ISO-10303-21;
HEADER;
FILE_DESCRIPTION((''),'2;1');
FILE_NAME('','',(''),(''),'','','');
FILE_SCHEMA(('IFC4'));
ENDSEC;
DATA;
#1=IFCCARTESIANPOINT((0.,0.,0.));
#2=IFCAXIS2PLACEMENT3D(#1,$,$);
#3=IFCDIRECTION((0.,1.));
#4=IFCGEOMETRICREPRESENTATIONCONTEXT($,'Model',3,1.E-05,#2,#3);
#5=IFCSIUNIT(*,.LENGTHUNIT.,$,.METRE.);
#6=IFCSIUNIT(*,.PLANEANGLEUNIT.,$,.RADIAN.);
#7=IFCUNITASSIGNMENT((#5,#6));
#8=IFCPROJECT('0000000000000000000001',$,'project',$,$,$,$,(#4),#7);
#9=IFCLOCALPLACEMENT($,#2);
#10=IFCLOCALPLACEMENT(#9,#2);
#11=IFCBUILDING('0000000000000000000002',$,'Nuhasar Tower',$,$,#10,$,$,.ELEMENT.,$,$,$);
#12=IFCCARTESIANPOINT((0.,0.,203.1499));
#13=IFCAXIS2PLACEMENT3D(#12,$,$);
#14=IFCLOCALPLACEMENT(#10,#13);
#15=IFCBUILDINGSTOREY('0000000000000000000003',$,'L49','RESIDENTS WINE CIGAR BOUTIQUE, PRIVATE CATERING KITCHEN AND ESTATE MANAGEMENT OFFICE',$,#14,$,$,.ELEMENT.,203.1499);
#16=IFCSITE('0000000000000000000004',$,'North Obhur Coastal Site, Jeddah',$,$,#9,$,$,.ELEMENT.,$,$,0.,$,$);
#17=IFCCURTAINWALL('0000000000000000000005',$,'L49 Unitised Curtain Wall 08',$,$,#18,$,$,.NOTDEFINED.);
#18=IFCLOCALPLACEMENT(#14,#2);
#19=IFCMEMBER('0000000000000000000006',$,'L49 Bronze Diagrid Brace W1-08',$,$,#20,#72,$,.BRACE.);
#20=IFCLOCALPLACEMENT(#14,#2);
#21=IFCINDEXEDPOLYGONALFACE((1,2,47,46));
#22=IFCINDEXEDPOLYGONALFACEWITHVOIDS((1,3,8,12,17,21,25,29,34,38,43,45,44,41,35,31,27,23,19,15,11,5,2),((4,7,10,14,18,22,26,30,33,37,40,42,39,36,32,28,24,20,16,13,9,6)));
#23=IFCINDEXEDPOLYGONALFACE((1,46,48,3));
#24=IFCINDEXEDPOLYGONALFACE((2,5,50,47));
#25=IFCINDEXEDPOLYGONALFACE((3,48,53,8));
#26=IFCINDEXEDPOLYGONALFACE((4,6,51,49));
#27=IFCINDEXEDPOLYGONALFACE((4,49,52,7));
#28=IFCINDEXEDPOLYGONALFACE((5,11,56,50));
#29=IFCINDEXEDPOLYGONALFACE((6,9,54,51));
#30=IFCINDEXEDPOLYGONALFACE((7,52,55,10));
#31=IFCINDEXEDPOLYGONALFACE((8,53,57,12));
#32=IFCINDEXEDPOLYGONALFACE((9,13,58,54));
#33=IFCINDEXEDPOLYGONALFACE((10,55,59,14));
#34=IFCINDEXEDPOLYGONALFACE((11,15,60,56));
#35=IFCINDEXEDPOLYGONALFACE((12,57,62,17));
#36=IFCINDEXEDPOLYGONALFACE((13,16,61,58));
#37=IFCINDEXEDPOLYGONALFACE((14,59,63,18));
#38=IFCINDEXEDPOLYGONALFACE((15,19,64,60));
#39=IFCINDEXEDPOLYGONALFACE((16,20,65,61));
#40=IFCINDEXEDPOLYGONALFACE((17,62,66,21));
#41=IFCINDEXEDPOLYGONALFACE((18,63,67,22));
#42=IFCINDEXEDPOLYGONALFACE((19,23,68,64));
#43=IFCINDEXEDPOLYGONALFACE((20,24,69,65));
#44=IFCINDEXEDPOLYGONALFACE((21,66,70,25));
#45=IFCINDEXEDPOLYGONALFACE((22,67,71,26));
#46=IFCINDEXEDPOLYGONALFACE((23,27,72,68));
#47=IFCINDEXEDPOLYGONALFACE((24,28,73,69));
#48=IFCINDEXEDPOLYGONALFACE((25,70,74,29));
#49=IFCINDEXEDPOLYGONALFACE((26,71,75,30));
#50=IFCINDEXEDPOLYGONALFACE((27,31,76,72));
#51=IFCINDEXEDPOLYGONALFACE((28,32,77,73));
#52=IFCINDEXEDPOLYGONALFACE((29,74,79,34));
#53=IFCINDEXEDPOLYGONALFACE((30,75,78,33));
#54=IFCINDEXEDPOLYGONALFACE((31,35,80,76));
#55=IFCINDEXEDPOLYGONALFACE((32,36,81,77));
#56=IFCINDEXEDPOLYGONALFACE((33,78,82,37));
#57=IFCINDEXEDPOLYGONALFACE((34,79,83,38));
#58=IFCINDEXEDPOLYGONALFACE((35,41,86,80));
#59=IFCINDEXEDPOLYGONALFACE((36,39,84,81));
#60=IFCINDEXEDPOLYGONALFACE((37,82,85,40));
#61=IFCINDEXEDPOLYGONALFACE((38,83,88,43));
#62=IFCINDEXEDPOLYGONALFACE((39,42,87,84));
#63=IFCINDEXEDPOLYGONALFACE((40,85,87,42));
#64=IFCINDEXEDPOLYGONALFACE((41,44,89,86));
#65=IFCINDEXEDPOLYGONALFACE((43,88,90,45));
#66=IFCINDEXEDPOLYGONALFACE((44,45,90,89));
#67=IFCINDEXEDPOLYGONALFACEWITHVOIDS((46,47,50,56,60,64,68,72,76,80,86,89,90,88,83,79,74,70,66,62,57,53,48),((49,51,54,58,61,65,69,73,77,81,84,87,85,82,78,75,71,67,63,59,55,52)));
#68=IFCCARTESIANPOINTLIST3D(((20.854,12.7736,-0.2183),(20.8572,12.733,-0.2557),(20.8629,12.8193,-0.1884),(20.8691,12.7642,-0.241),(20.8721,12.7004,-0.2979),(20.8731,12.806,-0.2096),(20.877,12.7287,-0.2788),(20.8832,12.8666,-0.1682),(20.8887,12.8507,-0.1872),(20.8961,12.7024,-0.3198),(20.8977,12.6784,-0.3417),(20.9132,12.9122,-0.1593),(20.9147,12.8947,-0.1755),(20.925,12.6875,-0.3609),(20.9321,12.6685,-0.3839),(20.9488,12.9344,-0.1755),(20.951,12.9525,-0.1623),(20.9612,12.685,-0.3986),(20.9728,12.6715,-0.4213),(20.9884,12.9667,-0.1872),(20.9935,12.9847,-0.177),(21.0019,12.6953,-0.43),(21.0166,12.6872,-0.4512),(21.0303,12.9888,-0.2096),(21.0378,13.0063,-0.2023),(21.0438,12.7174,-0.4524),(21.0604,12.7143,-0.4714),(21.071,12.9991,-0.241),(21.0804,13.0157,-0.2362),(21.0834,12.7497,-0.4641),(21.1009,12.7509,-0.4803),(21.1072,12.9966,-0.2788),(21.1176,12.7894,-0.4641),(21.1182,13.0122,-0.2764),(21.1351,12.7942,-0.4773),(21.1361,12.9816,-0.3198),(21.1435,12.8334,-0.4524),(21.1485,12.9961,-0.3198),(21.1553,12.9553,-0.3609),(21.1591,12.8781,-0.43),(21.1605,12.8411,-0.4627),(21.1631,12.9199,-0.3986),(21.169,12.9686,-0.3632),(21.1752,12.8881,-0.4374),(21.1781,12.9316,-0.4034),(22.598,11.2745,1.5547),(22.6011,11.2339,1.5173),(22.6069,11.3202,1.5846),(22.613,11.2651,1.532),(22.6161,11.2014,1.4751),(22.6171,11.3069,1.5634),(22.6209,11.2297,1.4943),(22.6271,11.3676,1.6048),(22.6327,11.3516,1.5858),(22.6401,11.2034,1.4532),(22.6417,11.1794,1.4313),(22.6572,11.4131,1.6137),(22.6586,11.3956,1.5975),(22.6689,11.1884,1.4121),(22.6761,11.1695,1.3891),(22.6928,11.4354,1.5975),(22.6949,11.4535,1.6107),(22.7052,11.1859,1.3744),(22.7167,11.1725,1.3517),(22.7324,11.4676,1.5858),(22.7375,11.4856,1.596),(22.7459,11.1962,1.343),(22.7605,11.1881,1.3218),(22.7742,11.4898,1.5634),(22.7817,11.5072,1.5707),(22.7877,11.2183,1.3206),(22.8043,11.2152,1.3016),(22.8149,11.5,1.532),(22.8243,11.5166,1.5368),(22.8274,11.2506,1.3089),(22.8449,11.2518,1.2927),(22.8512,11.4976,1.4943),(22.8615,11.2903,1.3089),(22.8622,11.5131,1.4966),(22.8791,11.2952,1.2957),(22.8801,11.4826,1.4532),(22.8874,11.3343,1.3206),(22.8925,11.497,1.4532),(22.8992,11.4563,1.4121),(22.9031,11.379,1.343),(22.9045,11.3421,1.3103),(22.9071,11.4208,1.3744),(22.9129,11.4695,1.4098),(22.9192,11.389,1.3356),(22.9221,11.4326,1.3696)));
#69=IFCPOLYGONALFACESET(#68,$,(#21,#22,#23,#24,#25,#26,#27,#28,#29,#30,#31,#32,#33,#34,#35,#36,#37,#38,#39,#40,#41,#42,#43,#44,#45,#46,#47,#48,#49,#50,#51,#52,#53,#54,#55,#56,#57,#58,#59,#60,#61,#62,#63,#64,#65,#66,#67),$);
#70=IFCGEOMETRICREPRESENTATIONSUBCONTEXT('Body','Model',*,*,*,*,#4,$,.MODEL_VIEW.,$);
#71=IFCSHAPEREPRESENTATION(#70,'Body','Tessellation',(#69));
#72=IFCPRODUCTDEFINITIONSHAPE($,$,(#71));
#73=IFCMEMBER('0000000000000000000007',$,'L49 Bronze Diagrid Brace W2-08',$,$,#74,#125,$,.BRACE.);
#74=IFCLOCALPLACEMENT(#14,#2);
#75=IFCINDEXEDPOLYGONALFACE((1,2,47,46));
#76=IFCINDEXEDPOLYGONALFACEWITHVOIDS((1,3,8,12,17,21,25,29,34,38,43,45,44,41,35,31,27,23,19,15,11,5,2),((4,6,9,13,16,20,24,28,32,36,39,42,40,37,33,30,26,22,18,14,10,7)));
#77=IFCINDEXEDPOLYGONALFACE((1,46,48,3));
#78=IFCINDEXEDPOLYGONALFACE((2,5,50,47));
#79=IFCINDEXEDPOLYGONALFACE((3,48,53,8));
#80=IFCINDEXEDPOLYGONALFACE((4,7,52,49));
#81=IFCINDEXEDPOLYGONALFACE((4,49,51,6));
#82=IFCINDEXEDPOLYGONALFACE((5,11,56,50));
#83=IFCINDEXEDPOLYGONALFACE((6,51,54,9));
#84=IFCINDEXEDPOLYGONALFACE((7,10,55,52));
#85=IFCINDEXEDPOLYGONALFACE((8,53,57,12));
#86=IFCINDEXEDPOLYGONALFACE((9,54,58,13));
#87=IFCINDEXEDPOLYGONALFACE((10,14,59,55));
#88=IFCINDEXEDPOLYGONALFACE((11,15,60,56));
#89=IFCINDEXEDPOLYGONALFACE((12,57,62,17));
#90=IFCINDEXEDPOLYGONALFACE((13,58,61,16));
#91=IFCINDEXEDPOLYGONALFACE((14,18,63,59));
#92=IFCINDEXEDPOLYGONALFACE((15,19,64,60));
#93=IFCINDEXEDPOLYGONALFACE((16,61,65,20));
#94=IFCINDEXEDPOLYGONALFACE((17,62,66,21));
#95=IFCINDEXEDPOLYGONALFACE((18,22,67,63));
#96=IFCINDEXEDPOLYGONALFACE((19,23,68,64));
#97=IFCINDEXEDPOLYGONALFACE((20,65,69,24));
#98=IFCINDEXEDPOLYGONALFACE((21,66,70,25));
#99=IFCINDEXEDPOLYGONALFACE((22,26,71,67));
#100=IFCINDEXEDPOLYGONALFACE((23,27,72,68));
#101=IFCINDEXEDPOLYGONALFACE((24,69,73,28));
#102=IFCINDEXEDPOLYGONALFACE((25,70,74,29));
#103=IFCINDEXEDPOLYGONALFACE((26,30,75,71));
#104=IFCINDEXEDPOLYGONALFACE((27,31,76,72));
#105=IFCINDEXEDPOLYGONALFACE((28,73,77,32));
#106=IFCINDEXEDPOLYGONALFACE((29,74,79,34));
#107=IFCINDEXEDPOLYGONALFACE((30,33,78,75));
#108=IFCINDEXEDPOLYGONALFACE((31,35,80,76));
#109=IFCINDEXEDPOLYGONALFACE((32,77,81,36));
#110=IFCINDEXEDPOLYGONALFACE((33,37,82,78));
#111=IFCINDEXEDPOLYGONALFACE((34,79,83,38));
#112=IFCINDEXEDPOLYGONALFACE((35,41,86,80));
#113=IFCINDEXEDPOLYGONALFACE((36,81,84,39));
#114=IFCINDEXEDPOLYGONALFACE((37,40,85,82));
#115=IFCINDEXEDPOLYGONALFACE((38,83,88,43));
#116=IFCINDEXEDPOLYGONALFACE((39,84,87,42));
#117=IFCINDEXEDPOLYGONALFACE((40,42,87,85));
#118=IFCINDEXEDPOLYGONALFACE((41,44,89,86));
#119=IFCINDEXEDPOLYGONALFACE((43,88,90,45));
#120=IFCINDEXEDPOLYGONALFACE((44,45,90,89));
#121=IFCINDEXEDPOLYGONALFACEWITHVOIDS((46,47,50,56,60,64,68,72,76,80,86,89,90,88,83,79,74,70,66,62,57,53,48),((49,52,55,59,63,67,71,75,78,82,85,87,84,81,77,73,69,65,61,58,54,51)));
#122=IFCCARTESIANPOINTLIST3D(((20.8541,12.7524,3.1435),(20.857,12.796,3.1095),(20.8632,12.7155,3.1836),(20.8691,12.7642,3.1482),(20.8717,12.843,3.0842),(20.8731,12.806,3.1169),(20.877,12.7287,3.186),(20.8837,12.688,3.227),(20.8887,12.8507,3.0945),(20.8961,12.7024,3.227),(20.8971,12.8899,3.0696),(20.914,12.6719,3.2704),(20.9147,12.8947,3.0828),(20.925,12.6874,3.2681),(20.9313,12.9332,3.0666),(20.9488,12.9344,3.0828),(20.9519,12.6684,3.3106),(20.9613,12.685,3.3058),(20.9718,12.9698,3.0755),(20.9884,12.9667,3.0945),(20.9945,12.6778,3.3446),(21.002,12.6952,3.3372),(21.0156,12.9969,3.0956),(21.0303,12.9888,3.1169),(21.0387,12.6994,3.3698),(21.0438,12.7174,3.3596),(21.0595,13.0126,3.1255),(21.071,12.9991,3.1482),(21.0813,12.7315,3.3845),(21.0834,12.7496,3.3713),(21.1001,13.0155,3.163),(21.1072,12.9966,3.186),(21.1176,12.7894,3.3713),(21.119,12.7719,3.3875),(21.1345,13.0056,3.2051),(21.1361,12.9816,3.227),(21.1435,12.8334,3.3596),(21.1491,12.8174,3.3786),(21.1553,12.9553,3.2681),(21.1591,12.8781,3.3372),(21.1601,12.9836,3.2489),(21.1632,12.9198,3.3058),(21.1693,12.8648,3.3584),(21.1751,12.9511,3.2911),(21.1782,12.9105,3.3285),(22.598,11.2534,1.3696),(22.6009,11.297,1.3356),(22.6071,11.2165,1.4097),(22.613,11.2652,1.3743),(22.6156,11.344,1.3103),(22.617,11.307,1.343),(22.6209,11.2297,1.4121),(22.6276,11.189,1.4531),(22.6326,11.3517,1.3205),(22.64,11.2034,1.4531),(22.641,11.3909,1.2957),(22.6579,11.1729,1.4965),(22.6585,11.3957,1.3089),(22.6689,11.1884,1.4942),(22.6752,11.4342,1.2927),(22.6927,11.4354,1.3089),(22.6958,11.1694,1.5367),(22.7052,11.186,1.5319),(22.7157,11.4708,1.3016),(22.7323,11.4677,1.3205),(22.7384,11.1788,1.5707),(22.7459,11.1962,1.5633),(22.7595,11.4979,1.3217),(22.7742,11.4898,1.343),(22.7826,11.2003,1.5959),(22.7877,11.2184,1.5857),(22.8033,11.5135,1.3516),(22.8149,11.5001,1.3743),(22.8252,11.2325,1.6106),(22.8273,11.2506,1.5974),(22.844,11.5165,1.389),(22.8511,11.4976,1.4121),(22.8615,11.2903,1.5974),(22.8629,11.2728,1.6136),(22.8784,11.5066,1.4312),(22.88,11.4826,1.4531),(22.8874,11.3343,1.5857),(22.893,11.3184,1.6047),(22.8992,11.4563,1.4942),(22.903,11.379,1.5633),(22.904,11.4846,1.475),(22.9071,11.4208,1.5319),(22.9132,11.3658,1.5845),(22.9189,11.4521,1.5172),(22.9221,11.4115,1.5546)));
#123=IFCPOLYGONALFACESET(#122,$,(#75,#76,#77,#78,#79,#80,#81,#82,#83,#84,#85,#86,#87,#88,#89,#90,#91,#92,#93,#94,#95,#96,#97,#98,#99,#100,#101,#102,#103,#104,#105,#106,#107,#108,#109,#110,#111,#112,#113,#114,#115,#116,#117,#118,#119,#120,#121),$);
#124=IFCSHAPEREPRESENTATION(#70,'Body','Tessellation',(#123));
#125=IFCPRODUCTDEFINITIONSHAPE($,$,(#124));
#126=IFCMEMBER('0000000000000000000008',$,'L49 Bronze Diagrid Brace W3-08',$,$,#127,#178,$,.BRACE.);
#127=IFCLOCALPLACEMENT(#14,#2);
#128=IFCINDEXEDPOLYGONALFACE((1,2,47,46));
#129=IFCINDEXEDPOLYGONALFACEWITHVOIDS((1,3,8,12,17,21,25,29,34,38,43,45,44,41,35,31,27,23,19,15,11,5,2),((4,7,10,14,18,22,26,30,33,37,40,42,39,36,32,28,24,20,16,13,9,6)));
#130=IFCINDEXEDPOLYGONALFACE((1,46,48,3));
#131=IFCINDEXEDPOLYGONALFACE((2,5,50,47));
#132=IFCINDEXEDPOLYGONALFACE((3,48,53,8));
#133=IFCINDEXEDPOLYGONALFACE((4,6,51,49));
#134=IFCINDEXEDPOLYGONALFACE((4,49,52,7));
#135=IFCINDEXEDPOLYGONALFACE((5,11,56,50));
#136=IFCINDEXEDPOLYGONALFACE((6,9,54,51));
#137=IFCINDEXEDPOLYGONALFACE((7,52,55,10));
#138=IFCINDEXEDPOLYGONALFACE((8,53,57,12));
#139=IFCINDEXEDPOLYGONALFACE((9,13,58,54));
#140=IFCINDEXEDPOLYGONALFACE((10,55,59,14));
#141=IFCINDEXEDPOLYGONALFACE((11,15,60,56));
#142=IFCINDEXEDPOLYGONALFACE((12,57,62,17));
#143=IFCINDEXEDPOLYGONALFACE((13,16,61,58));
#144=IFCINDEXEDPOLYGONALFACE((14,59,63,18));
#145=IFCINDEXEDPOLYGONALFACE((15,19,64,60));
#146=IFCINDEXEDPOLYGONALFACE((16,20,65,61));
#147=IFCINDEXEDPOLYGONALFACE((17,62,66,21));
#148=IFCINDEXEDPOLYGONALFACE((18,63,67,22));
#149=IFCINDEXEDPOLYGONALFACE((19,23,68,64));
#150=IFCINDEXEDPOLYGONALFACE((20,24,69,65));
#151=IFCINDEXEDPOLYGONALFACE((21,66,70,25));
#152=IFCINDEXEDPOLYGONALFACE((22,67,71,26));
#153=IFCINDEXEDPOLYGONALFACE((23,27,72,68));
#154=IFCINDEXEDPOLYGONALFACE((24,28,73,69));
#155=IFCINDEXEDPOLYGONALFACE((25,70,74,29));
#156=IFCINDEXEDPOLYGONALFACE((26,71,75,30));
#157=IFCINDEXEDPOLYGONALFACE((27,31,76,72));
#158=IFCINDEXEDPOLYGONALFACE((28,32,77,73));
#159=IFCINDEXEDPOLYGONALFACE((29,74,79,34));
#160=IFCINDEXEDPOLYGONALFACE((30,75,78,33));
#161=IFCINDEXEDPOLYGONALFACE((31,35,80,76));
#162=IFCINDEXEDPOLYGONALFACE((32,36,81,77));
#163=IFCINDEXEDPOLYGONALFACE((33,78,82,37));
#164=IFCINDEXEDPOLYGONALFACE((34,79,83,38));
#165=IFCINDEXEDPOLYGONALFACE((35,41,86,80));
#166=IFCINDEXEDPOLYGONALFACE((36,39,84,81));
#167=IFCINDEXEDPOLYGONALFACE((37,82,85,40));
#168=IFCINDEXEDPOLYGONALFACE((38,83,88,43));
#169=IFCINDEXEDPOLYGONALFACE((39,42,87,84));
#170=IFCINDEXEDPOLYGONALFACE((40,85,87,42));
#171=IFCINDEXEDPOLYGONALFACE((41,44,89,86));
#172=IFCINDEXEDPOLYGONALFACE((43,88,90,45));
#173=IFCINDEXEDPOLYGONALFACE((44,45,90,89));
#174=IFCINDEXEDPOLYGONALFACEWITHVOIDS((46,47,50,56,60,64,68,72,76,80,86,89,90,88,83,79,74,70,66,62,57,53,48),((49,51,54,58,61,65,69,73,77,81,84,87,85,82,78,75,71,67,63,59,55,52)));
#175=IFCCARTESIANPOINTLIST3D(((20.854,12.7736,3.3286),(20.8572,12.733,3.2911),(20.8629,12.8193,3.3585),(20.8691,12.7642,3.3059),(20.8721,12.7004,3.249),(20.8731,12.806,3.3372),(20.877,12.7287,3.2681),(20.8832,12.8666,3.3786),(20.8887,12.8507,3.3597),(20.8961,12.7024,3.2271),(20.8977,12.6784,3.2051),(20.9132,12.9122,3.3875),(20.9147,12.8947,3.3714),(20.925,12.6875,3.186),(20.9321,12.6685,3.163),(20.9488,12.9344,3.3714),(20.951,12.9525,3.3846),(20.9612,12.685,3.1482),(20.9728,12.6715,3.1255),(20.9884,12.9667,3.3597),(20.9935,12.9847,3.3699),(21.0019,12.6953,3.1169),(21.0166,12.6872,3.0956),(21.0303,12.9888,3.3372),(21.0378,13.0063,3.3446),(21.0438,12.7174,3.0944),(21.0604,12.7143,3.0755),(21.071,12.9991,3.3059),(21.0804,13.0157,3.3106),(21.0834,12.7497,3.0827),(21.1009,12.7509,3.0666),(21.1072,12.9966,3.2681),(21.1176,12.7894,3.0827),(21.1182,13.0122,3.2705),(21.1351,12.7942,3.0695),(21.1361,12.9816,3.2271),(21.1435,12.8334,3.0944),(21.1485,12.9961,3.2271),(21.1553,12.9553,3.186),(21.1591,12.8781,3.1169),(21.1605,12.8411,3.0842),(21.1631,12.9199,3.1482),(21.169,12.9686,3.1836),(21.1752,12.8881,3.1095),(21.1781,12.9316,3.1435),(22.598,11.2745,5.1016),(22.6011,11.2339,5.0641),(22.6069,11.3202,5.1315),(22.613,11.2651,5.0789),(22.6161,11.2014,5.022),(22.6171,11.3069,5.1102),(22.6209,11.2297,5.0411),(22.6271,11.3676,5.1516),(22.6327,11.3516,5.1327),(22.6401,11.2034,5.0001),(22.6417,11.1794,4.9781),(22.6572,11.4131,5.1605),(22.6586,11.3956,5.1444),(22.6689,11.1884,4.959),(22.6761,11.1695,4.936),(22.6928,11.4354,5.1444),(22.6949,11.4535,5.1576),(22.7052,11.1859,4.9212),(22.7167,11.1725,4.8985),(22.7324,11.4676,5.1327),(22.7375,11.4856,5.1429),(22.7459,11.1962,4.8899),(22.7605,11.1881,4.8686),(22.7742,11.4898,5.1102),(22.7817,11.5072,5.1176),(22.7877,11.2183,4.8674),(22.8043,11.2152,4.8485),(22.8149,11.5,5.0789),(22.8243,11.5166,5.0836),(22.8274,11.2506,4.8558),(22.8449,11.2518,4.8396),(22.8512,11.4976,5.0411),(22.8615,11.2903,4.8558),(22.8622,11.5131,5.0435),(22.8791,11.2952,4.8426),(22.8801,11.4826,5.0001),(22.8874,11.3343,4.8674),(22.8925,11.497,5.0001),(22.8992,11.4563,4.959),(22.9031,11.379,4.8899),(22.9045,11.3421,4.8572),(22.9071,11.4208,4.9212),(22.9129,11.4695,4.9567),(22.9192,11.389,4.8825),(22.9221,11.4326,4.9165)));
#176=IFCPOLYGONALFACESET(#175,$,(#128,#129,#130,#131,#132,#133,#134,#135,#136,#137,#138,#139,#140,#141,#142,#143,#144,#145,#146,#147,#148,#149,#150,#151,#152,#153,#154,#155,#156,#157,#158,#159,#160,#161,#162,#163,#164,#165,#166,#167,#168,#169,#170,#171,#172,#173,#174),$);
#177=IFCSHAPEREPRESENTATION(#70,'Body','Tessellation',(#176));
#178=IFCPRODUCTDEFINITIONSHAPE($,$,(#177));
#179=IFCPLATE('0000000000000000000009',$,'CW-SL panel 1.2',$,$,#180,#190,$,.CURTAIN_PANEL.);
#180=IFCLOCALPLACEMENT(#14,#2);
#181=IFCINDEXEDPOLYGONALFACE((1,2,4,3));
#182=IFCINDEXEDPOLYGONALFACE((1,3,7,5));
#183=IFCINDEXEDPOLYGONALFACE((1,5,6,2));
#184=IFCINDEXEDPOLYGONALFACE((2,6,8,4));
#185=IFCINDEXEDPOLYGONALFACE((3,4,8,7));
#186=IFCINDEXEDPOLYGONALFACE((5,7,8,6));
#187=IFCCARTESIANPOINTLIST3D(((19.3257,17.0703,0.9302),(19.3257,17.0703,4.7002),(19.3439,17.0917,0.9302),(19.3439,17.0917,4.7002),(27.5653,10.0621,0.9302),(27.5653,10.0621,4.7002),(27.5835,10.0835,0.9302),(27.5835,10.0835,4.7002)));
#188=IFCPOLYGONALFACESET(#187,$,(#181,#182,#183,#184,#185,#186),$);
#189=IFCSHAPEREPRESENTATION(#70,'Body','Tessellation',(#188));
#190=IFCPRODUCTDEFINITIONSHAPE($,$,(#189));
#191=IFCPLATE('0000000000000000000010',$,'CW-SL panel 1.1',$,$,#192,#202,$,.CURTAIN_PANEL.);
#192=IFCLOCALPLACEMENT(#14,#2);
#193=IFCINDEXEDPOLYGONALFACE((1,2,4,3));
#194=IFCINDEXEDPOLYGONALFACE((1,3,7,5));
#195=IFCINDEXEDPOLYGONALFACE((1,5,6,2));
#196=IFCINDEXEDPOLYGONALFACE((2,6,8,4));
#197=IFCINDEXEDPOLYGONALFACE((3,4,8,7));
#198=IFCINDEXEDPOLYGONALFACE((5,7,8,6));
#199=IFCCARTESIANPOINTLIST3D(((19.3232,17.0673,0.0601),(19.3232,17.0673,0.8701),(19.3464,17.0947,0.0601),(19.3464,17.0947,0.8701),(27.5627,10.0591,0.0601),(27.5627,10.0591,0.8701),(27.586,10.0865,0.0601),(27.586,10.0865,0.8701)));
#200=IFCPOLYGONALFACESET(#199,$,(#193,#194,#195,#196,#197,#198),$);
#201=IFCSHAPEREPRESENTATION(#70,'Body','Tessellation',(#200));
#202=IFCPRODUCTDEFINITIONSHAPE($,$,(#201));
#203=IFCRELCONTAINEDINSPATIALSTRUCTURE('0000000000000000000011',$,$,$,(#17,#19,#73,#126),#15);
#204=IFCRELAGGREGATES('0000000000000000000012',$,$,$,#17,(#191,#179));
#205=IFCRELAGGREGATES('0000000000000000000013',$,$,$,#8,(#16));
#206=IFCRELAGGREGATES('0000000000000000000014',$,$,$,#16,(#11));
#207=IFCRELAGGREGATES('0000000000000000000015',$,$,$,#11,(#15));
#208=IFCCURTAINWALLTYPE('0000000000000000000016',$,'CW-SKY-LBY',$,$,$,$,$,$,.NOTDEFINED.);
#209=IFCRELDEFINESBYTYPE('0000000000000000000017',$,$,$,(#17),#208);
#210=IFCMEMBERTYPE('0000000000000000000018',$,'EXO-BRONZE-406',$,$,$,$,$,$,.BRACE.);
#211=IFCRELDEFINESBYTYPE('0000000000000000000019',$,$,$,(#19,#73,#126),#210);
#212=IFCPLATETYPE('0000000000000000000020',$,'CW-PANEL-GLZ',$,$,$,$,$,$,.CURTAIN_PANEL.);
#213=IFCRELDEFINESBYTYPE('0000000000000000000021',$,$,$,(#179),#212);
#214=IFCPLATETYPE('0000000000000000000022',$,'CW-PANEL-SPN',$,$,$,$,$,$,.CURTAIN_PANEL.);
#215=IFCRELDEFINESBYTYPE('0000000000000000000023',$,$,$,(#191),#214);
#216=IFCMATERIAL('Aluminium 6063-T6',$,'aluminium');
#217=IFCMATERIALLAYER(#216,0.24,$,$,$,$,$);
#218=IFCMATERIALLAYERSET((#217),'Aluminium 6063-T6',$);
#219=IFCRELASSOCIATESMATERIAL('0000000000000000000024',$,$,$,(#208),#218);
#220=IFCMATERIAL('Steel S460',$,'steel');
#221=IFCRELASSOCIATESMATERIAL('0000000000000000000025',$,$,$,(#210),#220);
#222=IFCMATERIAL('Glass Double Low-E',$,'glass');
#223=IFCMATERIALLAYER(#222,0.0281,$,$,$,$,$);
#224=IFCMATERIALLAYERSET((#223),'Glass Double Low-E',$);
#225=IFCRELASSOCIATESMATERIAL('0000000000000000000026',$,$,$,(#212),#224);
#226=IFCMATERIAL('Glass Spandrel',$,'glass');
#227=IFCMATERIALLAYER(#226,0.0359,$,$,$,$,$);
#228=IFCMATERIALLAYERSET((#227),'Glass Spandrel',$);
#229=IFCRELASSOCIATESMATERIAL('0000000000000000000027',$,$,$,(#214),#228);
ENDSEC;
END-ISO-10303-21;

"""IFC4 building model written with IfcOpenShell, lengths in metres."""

from ifc_helpers import new_model, si_unit, direction, frame, origin, origin_2d, place, context, subcontext, project, spatial, rectangle, hollow_circle, extrude, material, layer, layer_set, material_profile, profile_set, type_object, element, aggregate, save


model = new_model("IFC4")

# Units and contexts
model_context = context("Model", 3, precision=1e-05, world=origin(), true_north=direction((0.0, 1.0)))
body_context = subcontext(model_context, "Body", "Model", "MODEL_VIEW")
ifc_project = project(units=[si_unit("LENGTHUNIT", "METRE"), si_unit("PLANEANGLEUNIT", "RADIAN")], contexts=[model_context])

# Site, building, storey
site_placement = place(None, origin())
site = spatial("IfcSite", under=ifc_project, at=site_placement, Name="North Obhur Coastal Site, Jeddah", CompositionType="ELEMENT", RefElevation=0.0)
building_placement = place(site_placement, origin())
building = spatial("IfcBuilding", under=site, at=building_placement, Name="Nuhasar Tower", CompositionType="ELEMENT")
storey_placement = place(building_placement, frame((0.0, 0.0, 203.1499)))
storey = spatial("IfcBuildingStorey", under=building, at=storey_placement, Name="L49", Description="RESIDENTS WINE CIGAR BOUTIQUE, PRIVATE CATERING KITCHEN AND ESTATE MANAGEMENT OFFICE", CompositionType="ELEMENT", Elevation=203.1499)

# Shared definitions
ifc_material_1 = material(Name="Steel S460", Category="steel")

# Curtain wall
ifc_material_2 = material(Name="Aluminium 6063-T6", Category="aluminium")
ifc_layer_1 = layer(ifc_material_2, 0.24)
ifc_layer_set_1 = layer_set([ifc_layer_1], Name="Aluminium 6063-T6")
curtain_wall_type = type_object("IfcCurtainWallType", Name="CW-SKY-LBY", PredefinedType="NOTDEFINED", material=ifc_layer_set_1)
curtain_wall_1_placement = place(storey_placement, origin())
curtain_wall_1 = element("IfcCurtainWall", 1, at=curtain_wall_1_placement, inside=storey, type_object=curtain_wall_type, Name="L49 Unitised Curtain Wall 08", PredefinedType="NOTDEFINED")

# Members
ifc_material_profile_1 = material_profile(ifc_material_1, hollow_circle(Radius=0.2031, WallThickness=0.019, at=origin_2d()), Name="HSS406.4X19.1")
ifc_profile_set_1 = profile_set([ifc_material_profile_1], Name="Steel S460")
member_type_1 = type_object("IfcMemberType", Name="EXO-BRONZE-406", PredefinedType="BRACE", material=ifc_profile_set_1)
member_1_placement = place(storey_placement, frame((21.0161, 12.842, -0.3198), z_axis=(0.600573, -0.516242, 0.610578), x_axis=(0.651857, 0.758342, 0.0)))
element("IfcMember", 2, at=member_1_placement, inside=storey, type_object=member_type_1, Name="L49 Bronze Diagrid Brace W1-08", PredefinedType="BRACE", context=body_context, shape_type="SweptSolid", body=[
    extrude(hollow_circle(Radius=0.2031, WallThickness=0.019, at=origin_2d()), origin(), (0.0, 0.0, 1.0), 2.9038),
])
member_2_placement = place(storey_placement, frame((22.76, 11.343, 1.4531), z_axis=(-0.60045, 0.516136, 0.610789), x_axis=(-0.651857, -0.758342, 0.0)))
element("IfcMember", 3, at=member_2_placement, inside=storey, type_object=member_type_1, Name="L49 Bronze Diagrid Brace W2-08", PredefinedType="BRACE", context=body_context, shape_type="SweptSolid", body=[
    extrude(hollow_circle(Radius=0.2031, WallThickness=0.019, at=origin_2d()), origin(), (0.0, 0.0, 1.0), 2.9043),
])
member_3_placement = place(storey_placement, frame((21.0161, 12.842, 3.2271), z_axis=(0.600573, -0.516242, 0.610578), x_axis=(0.651857, 0.758342, 0.0)))
element("IfcMember", 4, at=member_3_placement, inside=storey, type_object=member_type_1, Name="L49 Bronze Diagrid Brace W3-08", PredefinedType="BRACE", context=body_context, shape_type="SweptSolid", body=[
    extrude(hollow_circle(Radius=0.2031, WallThickness=0.019, at=origin_2d()), origin(), (0.0, 0.0, 1.0), 2.9038),
])

# Plates
ifc_material_3 = material(Name="Glass Double Low-E", Category="glass")
ifc_layer_2 = layer(ifc_material_3, 0.0281)
ifc_layer_set_2 = layer_set([ifc_layer_2], Name="Glass Double Low-E")
plate_type_1 = type_object("IfcPlateType", Name="CW-PANEL-GLZ", PredefinedType="CURTAIN_PANEL", material=ifc_layer_set_2)
plate_1_placement = place(storey_placement, frame((23.4546, 13.5769, 0.9302), z_axis=(0.0, 0.0, 1.0), x_axis=(0.761729, -0.647895, 0.0)))
plate_1 = element("IfcPlate", 5, at=plate_1_placement, type_object=plate_type_1, Name="CW-SL panel 1.2", PredefinedType="CURTAIN_PANEL", context=body_context, shape_type="SweptSolid", body=[
    extrude(rectangle(XDim=10.8169, YDim=0.0281, at=origin_2d()), origin(), (0.0, 0.0, 1.0), 3.77),
])
ifc_material_4 = material(Name="Glass Spandrel", Category="glass")
ifc_layer_3 = layer(ifc_material_4, 0.0359)
ifc_layer_set_3 = layer_set([ifc_layer_3], Name="Glass Spandrel")
plate_type_2 = type_object("IfcPlateType", Name="CW-PANEL-SPN", PredefinedType="CURTAIN_PANEL", material=ifc_layer_set_3)
plate_2_placement = place(storey_placement, frame((23.4546, 13.5769, 0.0601), z_axis=(0.0, 0.0, 1.0), x_axis=(0.761729, -0.647895, 0.0)))
plate_2 = element("IfcPlate", 6, at=plate_2_placement, type_object=plate_type_2, Name="CW-SL panel 1.1", PredefinedType="CURTAIN_PANEL", context=body_context, shape_type="SweptSolid", body=[
    extrude(rectangle(XDim=10.8169, YDim=0.0359, at=origin_2d()), origin(), (0.0, 0.0, 1.0), 0.8101),
])
aggregate(curtain_wall_1, [plate_2, plate_1])

save(model, "model.ifc")
